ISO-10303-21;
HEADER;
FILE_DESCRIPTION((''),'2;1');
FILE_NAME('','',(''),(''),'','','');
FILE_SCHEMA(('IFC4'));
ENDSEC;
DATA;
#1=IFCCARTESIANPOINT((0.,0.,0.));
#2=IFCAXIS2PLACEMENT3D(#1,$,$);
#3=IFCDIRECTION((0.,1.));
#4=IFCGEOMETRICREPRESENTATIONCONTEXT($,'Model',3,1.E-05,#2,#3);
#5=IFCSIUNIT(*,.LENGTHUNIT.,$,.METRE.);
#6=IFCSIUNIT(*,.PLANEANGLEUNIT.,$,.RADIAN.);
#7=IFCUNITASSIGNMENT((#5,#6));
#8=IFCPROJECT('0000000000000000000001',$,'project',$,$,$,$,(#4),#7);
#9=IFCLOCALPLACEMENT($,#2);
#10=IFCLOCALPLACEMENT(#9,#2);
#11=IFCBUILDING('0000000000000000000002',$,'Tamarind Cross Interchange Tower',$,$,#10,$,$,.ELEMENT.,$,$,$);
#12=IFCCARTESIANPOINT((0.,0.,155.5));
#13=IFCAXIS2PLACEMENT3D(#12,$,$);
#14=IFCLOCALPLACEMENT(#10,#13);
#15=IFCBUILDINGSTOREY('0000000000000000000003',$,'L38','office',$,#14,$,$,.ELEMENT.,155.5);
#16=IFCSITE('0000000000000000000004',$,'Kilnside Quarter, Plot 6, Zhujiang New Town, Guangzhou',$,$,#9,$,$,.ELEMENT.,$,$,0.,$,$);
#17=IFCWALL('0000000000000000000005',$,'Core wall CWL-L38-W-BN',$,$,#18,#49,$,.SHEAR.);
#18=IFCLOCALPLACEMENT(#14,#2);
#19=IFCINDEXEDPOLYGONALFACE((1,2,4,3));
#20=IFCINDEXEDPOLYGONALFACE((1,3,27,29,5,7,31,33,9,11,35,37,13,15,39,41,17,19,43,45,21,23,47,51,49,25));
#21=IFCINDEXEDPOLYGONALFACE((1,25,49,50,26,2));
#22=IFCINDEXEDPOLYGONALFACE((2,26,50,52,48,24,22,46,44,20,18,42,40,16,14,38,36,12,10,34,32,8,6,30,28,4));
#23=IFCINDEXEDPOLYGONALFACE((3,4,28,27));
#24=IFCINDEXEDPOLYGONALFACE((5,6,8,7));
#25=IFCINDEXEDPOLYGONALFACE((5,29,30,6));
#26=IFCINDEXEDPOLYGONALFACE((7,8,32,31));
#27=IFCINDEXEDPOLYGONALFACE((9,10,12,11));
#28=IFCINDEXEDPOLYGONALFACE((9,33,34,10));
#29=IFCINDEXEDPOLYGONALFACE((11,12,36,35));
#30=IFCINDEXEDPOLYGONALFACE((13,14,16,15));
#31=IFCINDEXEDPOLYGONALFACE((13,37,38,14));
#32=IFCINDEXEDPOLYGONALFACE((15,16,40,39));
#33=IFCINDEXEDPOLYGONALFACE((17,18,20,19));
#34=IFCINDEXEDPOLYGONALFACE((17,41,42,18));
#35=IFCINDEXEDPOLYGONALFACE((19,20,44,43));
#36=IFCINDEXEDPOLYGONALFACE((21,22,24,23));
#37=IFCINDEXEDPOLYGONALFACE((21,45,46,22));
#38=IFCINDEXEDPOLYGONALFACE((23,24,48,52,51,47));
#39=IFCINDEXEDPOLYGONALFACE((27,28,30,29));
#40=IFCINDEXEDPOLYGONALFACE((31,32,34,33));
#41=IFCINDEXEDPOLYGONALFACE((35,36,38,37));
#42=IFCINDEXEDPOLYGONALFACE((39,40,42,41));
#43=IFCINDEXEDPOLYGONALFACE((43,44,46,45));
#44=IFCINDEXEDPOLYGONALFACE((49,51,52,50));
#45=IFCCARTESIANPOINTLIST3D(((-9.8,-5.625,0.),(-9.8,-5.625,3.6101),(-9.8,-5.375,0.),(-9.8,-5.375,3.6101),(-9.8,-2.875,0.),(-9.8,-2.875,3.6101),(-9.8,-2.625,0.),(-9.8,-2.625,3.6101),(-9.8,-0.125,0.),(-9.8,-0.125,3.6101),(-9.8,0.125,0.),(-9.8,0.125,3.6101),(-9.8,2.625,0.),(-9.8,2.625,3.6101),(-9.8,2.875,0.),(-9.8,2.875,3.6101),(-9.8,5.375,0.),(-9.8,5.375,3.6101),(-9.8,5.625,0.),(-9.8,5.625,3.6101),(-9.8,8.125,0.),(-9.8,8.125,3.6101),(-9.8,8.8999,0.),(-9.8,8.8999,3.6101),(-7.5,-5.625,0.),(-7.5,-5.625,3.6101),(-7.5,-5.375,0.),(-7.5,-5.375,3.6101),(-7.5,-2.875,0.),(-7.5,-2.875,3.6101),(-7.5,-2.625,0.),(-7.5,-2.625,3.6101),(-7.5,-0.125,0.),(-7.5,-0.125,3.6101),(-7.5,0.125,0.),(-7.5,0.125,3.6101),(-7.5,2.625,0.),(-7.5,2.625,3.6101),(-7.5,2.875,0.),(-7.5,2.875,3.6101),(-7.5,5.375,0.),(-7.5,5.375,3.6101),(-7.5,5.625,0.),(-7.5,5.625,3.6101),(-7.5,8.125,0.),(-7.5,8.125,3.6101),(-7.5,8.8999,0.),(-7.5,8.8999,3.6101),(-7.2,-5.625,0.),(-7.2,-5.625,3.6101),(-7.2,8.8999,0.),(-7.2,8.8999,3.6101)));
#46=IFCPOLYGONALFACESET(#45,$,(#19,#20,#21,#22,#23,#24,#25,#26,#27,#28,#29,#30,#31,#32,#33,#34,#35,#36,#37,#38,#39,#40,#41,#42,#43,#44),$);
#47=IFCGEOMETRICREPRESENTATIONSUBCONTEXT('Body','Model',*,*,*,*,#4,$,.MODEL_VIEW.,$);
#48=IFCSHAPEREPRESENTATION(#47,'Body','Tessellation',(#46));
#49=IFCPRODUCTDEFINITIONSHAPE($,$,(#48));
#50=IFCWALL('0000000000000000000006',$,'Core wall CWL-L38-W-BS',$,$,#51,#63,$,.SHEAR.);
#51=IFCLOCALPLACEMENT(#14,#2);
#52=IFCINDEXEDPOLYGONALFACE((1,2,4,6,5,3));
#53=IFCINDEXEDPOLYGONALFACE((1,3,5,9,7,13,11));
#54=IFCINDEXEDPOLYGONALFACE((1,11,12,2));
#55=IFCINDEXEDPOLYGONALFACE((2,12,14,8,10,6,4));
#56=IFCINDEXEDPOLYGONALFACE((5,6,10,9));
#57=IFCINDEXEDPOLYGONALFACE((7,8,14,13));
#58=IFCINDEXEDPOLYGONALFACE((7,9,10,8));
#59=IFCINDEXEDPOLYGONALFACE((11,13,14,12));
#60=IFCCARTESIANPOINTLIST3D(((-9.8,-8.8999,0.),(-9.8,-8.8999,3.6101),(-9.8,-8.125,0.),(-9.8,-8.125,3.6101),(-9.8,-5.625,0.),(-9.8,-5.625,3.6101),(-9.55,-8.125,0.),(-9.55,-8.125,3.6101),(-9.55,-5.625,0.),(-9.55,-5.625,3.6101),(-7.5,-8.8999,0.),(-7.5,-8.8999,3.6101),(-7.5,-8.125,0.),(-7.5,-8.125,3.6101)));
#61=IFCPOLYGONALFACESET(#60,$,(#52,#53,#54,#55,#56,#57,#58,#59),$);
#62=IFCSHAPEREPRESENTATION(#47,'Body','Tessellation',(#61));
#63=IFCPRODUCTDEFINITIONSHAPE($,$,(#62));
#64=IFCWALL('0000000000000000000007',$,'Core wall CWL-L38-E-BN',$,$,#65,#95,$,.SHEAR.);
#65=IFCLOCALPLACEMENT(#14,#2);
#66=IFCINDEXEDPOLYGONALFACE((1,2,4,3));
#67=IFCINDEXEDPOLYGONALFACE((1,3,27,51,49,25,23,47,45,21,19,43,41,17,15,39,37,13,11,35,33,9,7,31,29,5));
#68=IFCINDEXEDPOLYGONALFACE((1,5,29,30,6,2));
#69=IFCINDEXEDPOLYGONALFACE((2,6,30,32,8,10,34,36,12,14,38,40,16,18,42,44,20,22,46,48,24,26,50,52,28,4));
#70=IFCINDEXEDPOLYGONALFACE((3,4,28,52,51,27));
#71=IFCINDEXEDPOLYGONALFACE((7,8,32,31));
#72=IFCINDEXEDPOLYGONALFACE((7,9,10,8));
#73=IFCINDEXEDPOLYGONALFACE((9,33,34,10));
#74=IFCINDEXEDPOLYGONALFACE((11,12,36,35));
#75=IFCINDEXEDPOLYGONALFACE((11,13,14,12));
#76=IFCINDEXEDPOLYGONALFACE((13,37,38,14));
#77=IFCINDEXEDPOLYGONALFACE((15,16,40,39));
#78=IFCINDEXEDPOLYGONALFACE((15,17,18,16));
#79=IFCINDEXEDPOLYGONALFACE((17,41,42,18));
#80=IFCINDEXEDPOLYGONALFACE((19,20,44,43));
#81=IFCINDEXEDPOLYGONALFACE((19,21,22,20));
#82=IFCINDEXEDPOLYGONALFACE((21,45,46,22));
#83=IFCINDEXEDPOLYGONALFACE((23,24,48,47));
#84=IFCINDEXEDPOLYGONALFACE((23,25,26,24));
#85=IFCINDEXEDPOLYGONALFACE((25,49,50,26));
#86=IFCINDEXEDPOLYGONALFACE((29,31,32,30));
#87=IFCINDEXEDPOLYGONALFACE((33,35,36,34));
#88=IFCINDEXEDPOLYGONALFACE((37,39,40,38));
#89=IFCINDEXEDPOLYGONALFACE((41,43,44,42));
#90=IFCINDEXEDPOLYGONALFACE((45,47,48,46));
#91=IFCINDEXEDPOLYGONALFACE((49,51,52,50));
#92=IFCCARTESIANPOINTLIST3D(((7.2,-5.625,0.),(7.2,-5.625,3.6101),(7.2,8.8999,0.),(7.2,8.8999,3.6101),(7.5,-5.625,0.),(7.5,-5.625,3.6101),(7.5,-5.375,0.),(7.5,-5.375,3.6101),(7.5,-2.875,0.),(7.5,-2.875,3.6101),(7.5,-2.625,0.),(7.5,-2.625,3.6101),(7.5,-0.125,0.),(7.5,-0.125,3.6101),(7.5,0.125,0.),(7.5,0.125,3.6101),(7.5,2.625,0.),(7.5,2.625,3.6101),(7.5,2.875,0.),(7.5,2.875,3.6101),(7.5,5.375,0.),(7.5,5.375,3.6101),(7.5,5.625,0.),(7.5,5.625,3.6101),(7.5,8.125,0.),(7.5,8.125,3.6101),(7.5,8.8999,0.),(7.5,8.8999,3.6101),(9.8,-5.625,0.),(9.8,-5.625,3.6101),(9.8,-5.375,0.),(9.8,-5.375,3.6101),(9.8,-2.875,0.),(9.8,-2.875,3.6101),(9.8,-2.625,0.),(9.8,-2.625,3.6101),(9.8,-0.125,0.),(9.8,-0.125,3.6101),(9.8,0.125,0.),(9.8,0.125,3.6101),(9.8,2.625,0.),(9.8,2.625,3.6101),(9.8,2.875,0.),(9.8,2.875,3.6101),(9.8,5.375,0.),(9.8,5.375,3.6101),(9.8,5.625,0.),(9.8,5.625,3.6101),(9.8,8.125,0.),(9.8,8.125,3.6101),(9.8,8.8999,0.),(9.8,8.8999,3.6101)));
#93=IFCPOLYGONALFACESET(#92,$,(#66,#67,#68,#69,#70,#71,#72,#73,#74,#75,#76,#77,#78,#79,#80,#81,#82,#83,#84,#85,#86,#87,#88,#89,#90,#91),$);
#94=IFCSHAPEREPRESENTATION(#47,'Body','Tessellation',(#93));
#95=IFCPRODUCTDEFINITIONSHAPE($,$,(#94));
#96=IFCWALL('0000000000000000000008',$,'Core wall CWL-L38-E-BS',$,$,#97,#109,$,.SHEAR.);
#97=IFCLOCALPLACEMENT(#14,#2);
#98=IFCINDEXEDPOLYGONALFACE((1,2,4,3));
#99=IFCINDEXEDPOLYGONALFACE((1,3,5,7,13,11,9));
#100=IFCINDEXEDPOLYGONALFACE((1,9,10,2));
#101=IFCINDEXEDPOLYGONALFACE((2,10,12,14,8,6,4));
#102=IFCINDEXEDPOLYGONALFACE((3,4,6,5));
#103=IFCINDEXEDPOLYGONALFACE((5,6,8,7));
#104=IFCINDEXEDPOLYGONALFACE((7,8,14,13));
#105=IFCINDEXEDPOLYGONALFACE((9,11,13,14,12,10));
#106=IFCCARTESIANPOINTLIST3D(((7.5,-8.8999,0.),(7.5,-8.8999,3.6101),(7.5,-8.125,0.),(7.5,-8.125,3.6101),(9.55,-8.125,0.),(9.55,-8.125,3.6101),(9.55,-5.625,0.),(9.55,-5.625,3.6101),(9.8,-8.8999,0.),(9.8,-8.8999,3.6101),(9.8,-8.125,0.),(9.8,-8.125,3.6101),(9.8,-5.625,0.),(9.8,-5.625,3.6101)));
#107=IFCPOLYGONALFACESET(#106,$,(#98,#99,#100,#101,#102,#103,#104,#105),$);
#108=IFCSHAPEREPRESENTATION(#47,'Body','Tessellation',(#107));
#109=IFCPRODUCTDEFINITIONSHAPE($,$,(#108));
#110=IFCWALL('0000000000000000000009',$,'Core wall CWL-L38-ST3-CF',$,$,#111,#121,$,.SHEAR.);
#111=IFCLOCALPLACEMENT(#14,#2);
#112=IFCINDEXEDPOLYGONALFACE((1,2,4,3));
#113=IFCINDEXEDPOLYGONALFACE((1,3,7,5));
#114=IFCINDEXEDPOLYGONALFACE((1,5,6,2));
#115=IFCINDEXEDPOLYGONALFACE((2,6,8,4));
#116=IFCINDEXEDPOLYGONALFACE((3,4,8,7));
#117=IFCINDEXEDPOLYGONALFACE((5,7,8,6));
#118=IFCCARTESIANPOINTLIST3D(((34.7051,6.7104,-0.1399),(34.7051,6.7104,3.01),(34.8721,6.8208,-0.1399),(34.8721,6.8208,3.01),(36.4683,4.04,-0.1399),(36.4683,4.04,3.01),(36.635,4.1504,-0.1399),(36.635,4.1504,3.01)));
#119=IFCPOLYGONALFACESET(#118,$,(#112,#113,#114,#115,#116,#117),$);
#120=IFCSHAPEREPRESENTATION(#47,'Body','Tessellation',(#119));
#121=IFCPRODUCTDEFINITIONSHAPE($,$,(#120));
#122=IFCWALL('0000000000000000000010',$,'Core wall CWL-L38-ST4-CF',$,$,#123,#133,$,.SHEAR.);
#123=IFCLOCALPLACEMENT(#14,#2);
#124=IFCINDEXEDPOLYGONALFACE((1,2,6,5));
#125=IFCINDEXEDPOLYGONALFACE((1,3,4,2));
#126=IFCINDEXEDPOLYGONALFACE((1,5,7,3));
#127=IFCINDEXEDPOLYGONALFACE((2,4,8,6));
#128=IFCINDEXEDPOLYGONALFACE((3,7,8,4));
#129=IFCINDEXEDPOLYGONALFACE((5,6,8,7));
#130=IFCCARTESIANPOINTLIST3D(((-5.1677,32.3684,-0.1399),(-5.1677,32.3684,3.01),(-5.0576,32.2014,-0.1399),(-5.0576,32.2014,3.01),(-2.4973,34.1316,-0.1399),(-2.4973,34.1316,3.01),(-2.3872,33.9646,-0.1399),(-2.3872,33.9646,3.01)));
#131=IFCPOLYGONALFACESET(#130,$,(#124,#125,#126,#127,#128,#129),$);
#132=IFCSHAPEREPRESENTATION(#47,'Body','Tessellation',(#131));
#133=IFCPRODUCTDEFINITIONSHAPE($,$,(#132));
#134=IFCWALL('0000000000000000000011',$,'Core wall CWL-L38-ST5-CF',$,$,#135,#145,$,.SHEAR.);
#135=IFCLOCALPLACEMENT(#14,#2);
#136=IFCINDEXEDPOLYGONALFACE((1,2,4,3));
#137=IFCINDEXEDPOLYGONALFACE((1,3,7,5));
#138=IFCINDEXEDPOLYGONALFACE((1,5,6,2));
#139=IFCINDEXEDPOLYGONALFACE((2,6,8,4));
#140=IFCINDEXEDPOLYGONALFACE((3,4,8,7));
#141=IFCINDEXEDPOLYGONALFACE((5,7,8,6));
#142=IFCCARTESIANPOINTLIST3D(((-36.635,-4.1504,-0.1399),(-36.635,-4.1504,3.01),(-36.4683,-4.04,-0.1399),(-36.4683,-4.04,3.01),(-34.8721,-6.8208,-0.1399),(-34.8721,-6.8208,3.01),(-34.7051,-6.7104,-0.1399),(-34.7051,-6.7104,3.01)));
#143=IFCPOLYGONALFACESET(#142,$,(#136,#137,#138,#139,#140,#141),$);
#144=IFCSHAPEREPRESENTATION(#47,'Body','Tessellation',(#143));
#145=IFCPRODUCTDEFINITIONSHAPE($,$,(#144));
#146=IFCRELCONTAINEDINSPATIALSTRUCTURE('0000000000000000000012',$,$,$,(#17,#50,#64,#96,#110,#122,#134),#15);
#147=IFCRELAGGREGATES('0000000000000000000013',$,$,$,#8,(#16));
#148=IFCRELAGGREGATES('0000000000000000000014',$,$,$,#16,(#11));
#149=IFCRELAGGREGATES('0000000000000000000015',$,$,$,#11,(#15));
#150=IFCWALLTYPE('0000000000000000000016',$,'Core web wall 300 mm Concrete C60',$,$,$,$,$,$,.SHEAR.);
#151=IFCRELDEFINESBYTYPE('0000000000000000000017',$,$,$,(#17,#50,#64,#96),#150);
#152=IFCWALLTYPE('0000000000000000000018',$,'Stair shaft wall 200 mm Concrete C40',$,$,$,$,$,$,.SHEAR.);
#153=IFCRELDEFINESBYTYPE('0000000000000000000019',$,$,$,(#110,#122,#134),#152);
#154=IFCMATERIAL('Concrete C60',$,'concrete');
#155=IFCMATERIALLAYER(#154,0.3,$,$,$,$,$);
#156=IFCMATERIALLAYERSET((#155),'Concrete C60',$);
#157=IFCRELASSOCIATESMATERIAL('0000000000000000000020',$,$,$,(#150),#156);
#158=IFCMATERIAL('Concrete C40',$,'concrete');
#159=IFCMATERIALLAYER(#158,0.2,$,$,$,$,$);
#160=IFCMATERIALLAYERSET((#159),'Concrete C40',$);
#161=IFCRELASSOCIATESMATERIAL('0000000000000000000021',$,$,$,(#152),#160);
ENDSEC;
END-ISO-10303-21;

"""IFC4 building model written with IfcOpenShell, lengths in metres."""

from ifc_helpers import new_model, si_unit, direction, frame, origin, place, context, subcontext, project, spatial, polyline, outline, extrude, material, layer, layer_set, type_object, element, save


model = new_model("IFC4")

# Units and contexts
model_context = context("Model", 3, precision=1e-05, world=origin(), true_north=direction((0.0, 1.0)))
body_context = subcontext(model_context, "Body", "Model", "MODEL_VIEW")
ifc_project = project(units=[si_unit("LENGTHUNIT", "METRE"), si_unit("PLANEANGLEUNIT", "RADIAN")], contexts=[model_context])

# Site, building, storey
site_placement = place(None, origin())
site = spatial("IfcSite", under=ifc_project, at=site_placement, Name="Kilnside Quarter, Plot 6, Zhujiang New Town, Guangzhou", CompositionType="ELEMENT", RefElevation=0.0)
building_placement = place(site_placement, origin())
building = spatial("IfcBuilding", under=site, at=building_placement, Name="Tamarind Cross Interchange Tower", CompositionType="ELEMENT")
storey_placement = place(building_placement, frame((0.0, 0.0, 155.5)))
storey = spatial("IfcBuildingStorey", under=building, at=storey_placement, Name="L38", Description="office", CompositionType="ELEMENT", Elevation=155.5)

# Shared definitions
ifc_material_1 = material(Name="Concrete C40", Category="concrete")

# Walls
ifc_material_2 = material(Name="Concrete C60", Category="concrete")
ifc_layer_1 = layer(ifc_material_2, 0.3)
ifc_layer_set_1 = layer_set([ifc_layer_1], Name="Concrete C60")
wall_type_1 = type_object("IfcWallType", Name="Core web wall 300 mm Concrete C60", PredefinedType="SHEAR", material=ifc_layer_set_1)
wall_1_placement = place(storey_placement, origin())
element("IfcWall", 1, at=wall_1_placement, inside=storey, type_object=wall_type_1, Name="Core wall CWL-L38-W-BN", PredefinedType="SHEAR", context=body_context, shape_type="SweptSolid", body=[
    extrude(outline(polyline([(-9.8, -5.375), (-9.8, -5.625), (-7.5, -5.625), (-7.2, -5.625), (-7.2, 8.8999), (-7.5, 8.8999), (-9.8, 8.8999), (-9.8, 8.125), (-7.5, 8.125), (-7.5, 5.625), (-9.8, 5.625), (-9.8, 5.375), (-7.5, 5.375), (-7.5, 2.875), (-9.8, 2.875), (-9.8, 2.625), (-7.5, 2.625), (-7.5, 0.125), (-9.8, 0.125), (-9.8, -0.125), (-7.5, -0.125), (-7.5, -2.625), (-9.8, -2.625), (-9.8, -2.875), (-7.5, -2.875), (-7.5, -5.375), (-9.8, -5.375)])), origin(), (0.0, 0.0, 1.0), 3.6101),
])
wall_2_placement = place(storey_placement, origin())
element("IfcWall", 2, at=wall_2_placement, inside=storey, type_object=wall_type_1, Name="Core wall CWL-L38-W-BS", PredefinedType="SHEAR", context=body_context, shape_type="SweptSolid", body=[
    extrude(outline(polyline([(-7.5, -8.125), (-9.55, -8.125), (-9.55, -5.625), (-9.8, -5.625), (-9.8, -8.125), (-9.8, -8.8999), (-7.5, -8.8999), (-7.5, -8.125)])), origin(), (0.0, 0.0, 1.0), 3.6101),
])
wall_3_placement = place(storey_placement, origin())
element("IfcWall", 3, at=wall_3_placement, inside=storey, type_object=wall_type_1, Name="Core wall CWL-L38-E-BN", PredefinedType="SHEAR", context=body_context, shape_type="SweptSolid", body=[
    extrude(outline(polyline([(9.8, -5.375), (7.5, -5.375), (7.5, -2.875), (9.8, -2.875), (9.8, -2.625), (7.5, -2.625), (7.5, -0.125), (9.8, -0.125), (9.8, 0.125), (7.5, 0.125), (7.5, 2.625), (9.8, 2.625), (9.8, 2.875), (7.5, 2.875), (7.5, 5.375), (9.8, 5.375), (9.8, 5.625), (7.5, 5.625), (7.5, 8.125), (9.8, 8.125), (9.8, 8.8999), (7.5, 8.8999), (7.2, 8.8999), (7.2, -5.625), (7.5, -5.625), (9.8, -5.625), (9.8, -5.375)])), origin(), (0.0, 0.0, 1.0), 3.6101),
])
wall_4_placement = place(storey_placement, origin())
element("IfcWall", 4, at=wall_4_placement, inside=storey, type_object=wall_type_1, Name="Core wall CWL-L38-E-BS", PredefinedType="SHEAR", context=body_context, shape_type="SweptSolid", body=[
    extrude(outline(polyline([(7.5, -8.125), (7.5, -8.8999), (9.8, -8.8999), (9.8, -8.125), (9.8, -5.625), (9.55, -5.625), (9.55, -8.125), (7.5, -8.125)])), origin(), (0.0, 0.0, 1.0), 3.6101),
])
ifc_layer_2 = layer(ifc_material_1, 0.2)
ifc_layer_set_2 = layer_set([ifc_layer_2], Name="Concrete C40")
wall_type_2 = type_object("IfcWallType", Name="Stair shaft wall 200 mm Concrete C40", PredefinedType="SHEAR", material=ifc_layer_set_2)
wall_5_placement = place(storey_placement, frame((0.0, 0.0, -0.1399)))
element("IfcWall", 5, at=wall_5_placement, inside=storey, type_object=wall_type_2, Name="Core wall CWL-L38-ST3-CF", PredefinedType="SHEAR", context=body_context, shape_type="SweptSolid", body=[
    extrude(outline(polyline([(36.4683, 4.04), (36.635, 4.1504), (34.8721, 6.8208), (34.7051, 6.7104), (36.4683, 4.04)])), origin(), (0.0, 0.0, 1.0), 3.1499),
])
wall_6_placement = place(storey_placement, frame((0.0, 0.0, -0.1399)))
element("IfcWall", 6, at=wall_6_placement, inside=storey, type_object=wall_type_2, Name="Core wall CWL-L38-ST4-CF", PredefinedType="SHEAR", context=body_context, shape_type="SweptSolid", body=[
    extrude(outline(polyline([(-2.3872, 33.9646), (-2.4973, 34.1316), (-5.1677, 32.3684), (-5.0576, 32.2014), (-2.3872, 33.9646)])), origin(), (0.0, 0.0, 1.0), 3.1499),
])
wall_7_placement = place(storey_placement, frame((0.0, 0.0, -0.1399)))
element("IfcWall", 7, at=wall_7_placement, inside=storey, type_object=wall_type_2, Name="Core wall CWL-L38-ST5-CF", PredefinedType="SHEAR", context=body_context, shape_type="SweptSolid", body=[
    extrude(outline(polyline([(-36.4683, -4.04), (-36.635, -4.1504), (-34.8721, -6.8208), (-34.7051, -6.7104), (-36.4683, -4.04)])), origin(), (0.0, 0.0, 1.0), 3.1499),
])

save(model, "model.ifc")
